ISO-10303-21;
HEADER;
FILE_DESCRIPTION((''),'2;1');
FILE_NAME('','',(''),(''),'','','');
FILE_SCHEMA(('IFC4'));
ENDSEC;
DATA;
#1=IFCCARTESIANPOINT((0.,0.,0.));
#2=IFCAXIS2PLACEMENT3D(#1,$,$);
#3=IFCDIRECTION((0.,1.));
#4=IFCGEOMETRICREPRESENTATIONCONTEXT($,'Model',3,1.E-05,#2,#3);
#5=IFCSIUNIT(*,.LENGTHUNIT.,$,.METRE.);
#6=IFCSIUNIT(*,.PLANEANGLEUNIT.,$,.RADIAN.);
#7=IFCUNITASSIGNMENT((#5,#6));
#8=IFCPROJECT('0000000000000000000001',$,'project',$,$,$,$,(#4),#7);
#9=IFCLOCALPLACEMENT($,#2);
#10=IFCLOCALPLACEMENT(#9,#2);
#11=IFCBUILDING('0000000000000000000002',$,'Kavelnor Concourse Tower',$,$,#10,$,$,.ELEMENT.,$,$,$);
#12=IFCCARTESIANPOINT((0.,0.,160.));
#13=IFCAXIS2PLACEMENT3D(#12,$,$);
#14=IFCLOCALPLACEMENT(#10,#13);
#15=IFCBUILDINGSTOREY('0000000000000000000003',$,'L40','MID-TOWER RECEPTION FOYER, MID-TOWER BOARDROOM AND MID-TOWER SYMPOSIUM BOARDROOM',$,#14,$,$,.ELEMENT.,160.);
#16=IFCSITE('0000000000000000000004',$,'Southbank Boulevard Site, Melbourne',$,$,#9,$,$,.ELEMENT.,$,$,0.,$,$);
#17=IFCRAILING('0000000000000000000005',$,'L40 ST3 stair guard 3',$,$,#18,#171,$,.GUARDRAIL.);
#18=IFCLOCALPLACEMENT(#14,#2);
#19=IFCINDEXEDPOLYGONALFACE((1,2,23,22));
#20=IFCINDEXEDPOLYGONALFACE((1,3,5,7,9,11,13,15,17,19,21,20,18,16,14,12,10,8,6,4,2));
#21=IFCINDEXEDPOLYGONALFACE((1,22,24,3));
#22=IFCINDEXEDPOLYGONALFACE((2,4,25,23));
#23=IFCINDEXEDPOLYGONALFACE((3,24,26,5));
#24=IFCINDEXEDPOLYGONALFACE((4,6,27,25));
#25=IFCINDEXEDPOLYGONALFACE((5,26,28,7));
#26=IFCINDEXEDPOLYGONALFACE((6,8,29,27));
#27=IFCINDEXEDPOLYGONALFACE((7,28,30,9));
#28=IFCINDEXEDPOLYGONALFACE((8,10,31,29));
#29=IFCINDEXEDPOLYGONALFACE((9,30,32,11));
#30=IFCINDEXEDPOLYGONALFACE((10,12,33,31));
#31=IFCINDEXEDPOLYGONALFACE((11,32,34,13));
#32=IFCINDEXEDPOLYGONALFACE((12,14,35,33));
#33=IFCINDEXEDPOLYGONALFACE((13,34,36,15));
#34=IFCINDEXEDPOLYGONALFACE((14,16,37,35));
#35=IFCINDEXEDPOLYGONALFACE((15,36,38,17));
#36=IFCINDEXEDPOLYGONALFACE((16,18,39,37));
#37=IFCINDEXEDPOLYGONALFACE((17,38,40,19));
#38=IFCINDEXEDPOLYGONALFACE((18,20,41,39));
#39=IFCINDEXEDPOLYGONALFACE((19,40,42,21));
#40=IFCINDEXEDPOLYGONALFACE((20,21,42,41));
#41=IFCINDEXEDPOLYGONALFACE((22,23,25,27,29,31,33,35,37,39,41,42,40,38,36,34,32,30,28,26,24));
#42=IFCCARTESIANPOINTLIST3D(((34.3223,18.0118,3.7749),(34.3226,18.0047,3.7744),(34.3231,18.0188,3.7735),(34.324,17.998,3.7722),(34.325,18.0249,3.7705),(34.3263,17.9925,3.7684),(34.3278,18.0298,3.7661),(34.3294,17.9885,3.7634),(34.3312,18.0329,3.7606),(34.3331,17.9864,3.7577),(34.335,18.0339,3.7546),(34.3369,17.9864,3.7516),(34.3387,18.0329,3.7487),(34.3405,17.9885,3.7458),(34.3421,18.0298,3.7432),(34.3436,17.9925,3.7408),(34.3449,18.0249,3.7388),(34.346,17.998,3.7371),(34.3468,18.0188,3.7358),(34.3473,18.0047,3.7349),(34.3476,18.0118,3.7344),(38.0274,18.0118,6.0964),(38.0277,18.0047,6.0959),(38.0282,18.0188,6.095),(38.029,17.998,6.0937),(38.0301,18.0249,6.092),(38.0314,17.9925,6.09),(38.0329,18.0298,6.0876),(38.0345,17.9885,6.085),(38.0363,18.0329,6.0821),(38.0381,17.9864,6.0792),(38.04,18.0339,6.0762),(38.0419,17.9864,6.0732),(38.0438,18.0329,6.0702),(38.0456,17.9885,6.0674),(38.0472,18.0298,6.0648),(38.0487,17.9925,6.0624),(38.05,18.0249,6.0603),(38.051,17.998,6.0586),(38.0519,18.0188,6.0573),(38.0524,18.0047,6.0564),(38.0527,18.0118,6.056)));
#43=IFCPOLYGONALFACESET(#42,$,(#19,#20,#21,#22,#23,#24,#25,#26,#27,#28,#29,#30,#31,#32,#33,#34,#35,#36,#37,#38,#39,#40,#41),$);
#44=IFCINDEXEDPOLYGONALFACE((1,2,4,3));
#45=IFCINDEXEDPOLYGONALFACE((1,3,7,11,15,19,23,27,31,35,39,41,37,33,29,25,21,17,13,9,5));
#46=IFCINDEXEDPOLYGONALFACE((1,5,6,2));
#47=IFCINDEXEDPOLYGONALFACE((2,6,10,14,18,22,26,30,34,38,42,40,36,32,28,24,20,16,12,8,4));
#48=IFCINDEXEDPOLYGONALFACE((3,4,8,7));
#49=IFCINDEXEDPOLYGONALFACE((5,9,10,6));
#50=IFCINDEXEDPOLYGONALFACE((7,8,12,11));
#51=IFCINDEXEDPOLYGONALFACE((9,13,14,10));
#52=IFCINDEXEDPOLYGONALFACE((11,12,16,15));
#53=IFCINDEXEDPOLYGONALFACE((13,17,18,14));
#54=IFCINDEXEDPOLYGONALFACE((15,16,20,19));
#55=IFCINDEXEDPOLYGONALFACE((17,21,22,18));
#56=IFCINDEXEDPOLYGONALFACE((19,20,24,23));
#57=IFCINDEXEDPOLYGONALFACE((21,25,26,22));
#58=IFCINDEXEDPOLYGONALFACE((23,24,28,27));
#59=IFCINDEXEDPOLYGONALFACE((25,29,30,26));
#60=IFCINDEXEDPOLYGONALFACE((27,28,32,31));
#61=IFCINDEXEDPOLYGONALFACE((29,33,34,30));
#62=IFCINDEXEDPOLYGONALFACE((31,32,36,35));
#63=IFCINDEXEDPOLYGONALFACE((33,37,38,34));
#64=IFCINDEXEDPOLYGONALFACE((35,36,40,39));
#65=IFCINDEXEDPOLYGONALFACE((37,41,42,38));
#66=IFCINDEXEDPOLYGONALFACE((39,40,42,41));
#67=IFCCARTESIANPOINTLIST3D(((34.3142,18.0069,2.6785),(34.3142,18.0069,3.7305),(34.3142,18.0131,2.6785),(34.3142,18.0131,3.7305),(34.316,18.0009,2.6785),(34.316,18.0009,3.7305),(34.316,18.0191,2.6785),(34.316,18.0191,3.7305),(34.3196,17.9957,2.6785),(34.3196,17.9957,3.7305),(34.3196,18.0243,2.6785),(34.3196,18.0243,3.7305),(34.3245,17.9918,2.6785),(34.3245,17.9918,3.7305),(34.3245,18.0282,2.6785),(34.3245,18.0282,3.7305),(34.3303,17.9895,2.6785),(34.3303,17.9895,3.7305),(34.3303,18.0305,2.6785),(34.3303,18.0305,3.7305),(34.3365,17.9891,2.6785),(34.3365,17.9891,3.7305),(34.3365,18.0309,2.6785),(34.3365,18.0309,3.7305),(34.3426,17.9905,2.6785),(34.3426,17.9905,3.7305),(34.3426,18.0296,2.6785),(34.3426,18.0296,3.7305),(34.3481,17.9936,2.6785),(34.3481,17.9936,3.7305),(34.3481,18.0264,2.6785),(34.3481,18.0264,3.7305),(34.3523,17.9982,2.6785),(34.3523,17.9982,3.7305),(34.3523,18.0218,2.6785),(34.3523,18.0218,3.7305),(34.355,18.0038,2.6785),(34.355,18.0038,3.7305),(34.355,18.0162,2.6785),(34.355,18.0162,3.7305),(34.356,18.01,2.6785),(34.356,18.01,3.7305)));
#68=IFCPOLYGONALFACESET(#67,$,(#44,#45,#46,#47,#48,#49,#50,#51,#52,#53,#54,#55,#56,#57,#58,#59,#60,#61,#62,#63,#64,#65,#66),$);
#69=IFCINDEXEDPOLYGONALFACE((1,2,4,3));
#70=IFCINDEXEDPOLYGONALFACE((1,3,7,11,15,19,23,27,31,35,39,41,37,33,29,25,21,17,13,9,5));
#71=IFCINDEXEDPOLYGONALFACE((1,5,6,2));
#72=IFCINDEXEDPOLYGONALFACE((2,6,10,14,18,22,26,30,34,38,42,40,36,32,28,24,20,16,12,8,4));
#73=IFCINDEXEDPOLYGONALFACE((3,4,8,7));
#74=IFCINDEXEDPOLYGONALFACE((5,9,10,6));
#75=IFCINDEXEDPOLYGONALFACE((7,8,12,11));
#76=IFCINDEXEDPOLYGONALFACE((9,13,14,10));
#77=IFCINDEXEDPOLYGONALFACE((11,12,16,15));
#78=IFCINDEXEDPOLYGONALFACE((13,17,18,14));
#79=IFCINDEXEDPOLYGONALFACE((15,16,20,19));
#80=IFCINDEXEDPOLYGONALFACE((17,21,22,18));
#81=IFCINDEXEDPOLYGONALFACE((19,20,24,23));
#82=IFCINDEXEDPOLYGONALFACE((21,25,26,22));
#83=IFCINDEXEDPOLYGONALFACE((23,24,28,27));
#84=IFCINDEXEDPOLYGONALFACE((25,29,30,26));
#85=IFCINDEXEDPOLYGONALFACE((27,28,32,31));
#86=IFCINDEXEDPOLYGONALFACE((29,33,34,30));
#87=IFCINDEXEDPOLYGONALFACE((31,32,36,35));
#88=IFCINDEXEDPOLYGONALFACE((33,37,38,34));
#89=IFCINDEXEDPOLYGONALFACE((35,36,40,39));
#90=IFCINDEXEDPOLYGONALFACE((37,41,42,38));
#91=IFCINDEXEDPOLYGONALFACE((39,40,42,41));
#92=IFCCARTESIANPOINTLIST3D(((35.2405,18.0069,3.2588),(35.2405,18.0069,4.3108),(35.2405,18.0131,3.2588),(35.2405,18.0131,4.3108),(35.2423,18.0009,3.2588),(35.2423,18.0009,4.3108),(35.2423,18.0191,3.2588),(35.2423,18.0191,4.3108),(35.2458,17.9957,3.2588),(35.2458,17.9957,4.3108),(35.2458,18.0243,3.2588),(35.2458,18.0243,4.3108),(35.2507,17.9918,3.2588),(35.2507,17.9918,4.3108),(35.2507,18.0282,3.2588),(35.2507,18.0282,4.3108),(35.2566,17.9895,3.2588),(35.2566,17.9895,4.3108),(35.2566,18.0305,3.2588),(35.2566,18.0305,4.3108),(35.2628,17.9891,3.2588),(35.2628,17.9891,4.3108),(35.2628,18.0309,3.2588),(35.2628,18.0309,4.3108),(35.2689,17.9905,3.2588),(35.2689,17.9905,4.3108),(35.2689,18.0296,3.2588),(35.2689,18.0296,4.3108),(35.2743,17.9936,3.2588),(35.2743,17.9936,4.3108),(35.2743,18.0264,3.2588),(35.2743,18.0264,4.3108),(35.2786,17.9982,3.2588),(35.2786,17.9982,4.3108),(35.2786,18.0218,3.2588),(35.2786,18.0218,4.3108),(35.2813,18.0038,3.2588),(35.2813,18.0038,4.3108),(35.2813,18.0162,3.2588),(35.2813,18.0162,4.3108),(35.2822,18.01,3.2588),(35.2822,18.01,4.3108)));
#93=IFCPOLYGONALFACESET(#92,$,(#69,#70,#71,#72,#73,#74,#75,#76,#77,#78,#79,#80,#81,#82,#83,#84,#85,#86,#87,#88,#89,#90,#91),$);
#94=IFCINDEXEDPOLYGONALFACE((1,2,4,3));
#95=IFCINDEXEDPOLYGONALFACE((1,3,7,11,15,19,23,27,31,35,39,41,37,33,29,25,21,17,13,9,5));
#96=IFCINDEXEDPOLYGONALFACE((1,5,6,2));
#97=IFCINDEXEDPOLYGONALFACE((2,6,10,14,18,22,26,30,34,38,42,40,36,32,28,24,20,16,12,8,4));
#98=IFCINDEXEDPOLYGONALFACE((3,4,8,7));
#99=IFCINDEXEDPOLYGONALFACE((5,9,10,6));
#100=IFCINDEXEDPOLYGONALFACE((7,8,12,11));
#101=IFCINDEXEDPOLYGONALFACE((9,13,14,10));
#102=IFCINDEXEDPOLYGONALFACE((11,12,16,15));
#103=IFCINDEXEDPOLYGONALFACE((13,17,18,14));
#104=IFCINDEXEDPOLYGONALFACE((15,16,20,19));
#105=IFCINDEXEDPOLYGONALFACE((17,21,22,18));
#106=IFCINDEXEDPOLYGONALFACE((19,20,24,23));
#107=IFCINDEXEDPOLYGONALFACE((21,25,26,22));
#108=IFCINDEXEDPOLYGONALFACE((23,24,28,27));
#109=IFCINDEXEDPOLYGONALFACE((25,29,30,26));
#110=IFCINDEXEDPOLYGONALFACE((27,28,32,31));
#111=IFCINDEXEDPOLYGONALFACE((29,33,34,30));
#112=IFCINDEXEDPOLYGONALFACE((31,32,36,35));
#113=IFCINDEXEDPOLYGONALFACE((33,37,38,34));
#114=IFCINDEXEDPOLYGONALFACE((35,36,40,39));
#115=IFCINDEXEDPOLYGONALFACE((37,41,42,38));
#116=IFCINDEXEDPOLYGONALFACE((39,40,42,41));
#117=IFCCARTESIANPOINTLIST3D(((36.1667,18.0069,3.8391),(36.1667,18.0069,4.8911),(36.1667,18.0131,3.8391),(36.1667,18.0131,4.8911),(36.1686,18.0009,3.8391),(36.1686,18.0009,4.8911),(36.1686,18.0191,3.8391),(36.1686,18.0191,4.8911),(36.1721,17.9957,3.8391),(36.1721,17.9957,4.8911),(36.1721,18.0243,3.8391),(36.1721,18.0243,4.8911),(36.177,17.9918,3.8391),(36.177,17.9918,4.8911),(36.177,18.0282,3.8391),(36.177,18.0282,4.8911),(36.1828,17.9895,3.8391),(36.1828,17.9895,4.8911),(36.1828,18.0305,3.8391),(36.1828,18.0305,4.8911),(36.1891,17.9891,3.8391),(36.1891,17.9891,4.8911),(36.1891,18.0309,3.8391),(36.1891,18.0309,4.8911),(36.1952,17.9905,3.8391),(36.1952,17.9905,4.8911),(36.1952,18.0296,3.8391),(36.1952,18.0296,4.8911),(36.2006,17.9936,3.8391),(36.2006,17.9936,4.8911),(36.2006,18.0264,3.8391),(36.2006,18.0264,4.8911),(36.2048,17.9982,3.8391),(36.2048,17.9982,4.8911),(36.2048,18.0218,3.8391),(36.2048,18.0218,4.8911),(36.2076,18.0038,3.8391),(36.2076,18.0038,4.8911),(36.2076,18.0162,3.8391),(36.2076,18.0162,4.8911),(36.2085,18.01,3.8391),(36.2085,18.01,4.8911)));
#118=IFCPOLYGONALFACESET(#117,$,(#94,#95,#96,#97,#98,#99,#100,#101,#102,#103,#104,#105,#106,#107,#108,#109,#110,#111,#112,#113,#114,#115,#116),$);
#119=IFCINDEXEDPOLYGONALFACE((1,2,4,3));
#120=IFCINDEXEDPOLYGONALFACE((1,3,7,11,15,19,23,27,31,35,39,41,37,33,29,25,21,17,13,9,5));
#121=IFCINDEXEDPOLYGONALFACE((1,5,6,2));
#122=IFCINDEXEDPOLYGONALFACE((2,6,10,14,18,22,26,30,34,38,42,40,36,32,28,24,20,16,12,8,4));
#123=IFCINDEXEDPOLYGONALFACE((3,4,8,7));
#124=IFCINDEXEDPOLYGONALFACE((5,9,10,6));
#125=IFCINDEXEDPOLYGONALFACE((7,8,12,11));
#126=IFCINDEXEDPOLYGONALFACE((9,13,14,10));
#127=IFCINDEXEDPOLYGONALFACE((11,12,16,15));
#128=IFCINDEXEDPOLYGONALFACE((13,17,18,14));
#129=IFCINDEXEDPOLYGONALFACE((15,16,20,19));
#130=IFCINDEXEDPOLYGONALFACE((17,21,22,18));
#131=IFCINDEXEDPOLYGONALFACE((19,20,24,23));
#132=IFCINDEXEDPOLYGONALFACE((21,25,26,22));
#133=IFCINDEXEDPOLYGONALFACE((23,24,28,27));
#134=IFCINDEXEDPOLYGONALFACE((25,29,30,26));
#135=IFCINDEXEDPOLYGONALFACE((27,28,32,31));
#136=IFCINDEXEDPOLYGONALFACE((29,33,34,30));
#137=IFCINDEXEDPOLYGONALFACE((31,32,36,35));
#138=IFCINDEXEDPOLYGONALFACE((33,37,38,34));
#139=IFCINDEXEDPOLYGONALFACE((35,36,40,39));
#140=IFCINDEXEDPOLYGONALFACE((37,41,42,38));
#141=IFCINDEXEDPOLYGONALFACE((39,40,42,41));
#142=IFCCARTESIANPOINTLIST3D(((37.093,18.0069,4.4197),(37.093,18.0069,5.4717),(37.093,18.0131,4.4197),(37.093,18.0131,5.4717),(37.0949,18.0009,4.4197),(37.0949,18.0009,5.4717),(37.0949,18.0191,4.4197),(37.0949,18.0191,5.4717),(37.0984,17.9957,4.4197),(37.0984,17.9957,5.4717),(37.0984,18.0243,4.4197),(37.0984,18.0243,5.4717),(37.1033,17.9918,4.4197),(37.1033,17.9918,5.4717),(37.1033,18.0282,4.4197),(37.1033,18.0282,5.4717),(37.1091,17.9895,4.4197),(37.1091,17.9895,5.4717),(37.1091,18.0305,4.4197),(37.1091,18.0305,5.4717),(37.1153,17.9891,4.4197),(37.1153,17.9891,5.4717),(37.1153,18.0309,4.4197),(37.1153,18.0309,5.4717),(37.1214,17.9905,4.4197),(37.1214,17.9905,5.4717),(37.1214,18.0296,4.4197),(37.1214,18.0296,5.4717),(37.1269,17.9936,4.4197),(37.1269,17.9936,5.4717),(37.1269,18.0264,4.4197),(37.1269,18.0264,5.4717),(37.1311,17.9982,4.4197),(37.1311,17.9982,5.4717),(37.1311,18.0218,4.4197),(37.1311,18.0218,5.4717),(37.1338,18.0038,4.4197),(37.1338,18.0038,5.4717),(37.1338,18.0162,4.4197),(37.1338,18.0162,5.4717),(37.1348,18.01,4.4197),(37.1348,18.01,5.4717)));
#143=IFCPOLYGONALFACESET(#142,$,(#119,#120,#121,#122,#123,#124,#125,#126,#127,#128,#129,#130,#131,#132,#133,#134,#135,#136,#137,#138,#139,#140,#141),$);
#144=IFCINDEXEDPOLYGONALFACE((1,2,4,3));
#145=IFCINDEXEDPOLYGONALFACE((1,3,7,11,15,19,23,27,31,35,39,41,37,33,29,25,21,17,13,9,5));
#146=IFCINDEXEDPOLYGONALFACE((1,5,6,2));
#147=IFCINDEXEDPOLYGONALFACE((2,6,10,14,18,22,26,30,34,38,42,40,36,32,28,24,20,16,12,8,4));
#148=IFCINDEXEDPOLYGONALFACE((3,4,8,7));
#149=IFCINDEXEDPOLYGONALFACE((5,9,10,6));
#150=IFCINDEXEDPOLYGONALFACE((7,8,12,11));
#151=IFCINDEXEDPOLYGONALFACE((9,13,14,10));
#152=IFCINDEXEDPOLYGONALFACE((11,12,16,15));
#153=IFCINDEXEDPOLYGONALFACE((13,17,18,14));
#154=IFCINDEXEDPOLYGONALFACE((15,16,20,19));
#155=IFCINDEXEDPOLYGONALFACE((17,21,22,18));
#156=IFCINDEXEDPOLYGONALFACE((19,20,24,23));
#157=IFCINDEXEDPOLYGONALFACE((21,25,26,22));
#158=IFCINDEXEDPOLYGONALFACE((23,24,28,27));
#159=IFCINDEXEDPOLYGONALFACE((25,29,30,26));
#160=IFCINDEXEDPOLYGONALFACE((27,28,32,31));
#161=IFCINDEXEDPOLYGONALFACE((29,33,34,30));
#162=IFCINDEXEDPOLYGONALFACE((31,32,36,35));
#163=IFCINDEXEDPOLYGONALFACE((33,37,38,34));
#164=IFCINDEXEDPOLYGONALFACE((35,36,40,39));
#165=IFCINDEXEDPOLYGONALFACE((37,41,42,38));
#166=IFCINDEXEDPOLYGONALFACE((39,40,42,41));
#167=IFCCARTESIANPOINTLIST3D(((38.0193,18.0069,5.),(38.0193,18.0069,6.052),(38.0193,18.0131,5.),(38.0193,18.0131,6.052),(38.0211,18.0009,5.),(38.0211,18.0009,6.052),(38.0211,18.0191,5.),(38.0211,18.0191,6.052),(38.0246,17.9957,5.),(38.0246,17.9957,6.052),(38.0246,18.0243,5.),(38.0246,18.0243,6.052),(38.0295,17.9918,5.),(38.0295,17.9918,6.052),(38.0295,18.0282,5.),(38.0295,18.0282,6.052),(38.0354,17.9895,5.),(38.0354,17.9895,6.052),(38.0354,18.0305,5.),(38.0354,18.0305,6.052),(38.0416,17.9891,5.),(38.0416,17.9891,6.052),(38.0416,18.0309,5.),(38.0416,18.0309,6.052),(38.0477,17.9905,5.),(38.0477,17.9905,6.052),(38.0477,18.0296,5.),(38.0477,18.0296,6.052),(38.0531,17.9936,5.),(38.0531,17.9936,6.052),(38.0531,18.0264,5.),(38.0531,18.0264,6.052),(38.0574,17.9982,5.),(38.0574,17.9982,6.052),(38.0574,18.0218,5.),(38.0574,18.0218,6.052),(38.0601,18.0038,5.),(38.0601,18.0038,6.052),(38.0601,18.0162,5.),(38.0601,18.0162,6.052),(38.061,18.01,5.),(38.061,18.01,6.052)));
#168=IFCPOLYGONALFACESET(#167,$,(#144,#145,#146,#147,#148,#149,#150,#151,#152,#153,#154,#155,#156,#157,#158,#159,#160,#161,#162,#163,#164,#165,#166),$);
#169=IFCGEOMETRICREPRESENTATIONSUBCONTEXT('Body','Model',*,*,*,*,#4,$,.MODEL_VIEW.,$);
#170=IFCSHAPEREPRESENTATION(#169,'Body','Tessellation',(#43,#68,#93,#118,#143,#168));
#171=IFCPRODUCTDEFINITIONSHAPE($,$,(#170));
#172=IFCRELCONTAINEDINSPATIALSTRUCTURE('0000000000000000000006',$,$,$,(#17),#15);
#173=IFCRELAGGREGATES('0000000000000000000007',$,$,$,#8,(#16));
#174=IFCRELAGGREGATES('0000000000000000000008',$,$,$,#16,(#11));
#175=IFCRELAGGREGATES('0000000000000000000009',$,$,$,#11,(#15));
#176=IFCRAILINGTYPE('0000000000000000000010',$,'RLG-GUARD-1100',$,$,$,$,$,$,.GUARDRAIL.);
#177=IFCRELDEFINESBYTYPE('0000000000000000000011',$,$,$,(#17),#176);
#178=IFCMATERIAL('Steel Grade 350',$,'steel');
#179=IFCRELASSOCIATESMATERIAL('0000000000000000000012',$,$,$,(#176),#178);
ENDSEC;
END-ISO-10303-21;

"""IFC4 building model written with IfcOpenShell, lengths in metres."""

from ifc_helpers import new_model, si_unit, direction, frame, origin, origin_2d, place, context, subcontext, project, spatial, circle, extrude, material, type_object, element, save


model = new_model("IFC4")

# Units and contexts
model_context = context("Model", 3, precision=1e-05, world=origin(), true_north=direction((0.0, 1.0)))
body_context = subcontext(model_context, "Body", "Model", "MODEL_VIEW")
ifc_project = project(units=[si_unit("LENGTHUNIT", "METRE"), si_unit("PLANEANGLEUNIT", "RADIAN")], contexts=[model_context])

# Site, building, storey
site_placement = place(None, origin())
site = spatial("IfcSite", under=ifc_project, at=site_placement, Name="Southbank Boulevard Site, Melbourne", CompositionType="ELEMENT", RefElevation=0.0)
building_placement = place(site_placement, origin())
building = spatial("IfcBuilding", under=site, at=building_placement, Name="Kavelnor Concourse Tower", CompositionType="ELEMENT")
storey_placement = place(building_placement, frame((0.0, 0.0, 160.0)))
storey = spatial("IfcBuildingStorey", under=building, at=storey_placement, Name="L40", Description="MID-TOWER RECEPTION FOYER, MID-TOWER BOARDROOM AND MID-TOWER SYMPOSIUM BOARDROOM", CompositionType="ELEMENT", Elevation=160.0)

# Shared definitions
ifc_material_1 = material(Name="Steel Grade 350", Category="steel")

# Railing
railing_type = type_object("IfcRailingType", Name="RLG-GUARD-1100", PredefinedType="GUARDRAIL", material=ifc_material_1)
railing_1_placement = place(storey_placement, frame((34.335, 18.01, 2.6785)))
element("IfcRailing", 1, at=railing_1_placement, inside=storey, type_object=railing_type, Name="L40 ST3 stair guard 3", PredefinedType="GUARDRAIL", context=body_context, shape_type="SweptSolid", body=[
    extrude(circle(Radius=0.0239, at=origin_2d()), frame((0.0, 0.0, 1.0762), z_axis=(0.847395, 0.0, 0.530962), x_axis=(0.0, 1.0, 0.0)), (0.0, 0.0, 1.0), 4.3723),
    extrude(circle(Radius=0.021, at=origin_2d()), origin(), (0.0, 0.0, 1.0), 1.052),
    extrude(circle(Radius=0.021, at=origin_2d()), frame((0.9263, 0.0, 0.5803)), (0.0, 0.0, 1.0), 1.052),
    extrude(circle(Radius=0.021, at=origin_2d()), frame((1.8525, 0.0, 1.1606)), (0.0, 0.0, 1.0), 1.052),
    extrude(circle(Radius=0.021, at=origin_2d()), frame((2.7788, 0.0, 1.7412)), (0.0, 0.0, 1.0), 1.052),
    extrude(circle(Radius=0.021, at=origin_2d()), frame((3.7051, 0.0, 2.3215)), (0.0, 0.0, 1.0), 1.052),
])

save(model, "model.ifc")
